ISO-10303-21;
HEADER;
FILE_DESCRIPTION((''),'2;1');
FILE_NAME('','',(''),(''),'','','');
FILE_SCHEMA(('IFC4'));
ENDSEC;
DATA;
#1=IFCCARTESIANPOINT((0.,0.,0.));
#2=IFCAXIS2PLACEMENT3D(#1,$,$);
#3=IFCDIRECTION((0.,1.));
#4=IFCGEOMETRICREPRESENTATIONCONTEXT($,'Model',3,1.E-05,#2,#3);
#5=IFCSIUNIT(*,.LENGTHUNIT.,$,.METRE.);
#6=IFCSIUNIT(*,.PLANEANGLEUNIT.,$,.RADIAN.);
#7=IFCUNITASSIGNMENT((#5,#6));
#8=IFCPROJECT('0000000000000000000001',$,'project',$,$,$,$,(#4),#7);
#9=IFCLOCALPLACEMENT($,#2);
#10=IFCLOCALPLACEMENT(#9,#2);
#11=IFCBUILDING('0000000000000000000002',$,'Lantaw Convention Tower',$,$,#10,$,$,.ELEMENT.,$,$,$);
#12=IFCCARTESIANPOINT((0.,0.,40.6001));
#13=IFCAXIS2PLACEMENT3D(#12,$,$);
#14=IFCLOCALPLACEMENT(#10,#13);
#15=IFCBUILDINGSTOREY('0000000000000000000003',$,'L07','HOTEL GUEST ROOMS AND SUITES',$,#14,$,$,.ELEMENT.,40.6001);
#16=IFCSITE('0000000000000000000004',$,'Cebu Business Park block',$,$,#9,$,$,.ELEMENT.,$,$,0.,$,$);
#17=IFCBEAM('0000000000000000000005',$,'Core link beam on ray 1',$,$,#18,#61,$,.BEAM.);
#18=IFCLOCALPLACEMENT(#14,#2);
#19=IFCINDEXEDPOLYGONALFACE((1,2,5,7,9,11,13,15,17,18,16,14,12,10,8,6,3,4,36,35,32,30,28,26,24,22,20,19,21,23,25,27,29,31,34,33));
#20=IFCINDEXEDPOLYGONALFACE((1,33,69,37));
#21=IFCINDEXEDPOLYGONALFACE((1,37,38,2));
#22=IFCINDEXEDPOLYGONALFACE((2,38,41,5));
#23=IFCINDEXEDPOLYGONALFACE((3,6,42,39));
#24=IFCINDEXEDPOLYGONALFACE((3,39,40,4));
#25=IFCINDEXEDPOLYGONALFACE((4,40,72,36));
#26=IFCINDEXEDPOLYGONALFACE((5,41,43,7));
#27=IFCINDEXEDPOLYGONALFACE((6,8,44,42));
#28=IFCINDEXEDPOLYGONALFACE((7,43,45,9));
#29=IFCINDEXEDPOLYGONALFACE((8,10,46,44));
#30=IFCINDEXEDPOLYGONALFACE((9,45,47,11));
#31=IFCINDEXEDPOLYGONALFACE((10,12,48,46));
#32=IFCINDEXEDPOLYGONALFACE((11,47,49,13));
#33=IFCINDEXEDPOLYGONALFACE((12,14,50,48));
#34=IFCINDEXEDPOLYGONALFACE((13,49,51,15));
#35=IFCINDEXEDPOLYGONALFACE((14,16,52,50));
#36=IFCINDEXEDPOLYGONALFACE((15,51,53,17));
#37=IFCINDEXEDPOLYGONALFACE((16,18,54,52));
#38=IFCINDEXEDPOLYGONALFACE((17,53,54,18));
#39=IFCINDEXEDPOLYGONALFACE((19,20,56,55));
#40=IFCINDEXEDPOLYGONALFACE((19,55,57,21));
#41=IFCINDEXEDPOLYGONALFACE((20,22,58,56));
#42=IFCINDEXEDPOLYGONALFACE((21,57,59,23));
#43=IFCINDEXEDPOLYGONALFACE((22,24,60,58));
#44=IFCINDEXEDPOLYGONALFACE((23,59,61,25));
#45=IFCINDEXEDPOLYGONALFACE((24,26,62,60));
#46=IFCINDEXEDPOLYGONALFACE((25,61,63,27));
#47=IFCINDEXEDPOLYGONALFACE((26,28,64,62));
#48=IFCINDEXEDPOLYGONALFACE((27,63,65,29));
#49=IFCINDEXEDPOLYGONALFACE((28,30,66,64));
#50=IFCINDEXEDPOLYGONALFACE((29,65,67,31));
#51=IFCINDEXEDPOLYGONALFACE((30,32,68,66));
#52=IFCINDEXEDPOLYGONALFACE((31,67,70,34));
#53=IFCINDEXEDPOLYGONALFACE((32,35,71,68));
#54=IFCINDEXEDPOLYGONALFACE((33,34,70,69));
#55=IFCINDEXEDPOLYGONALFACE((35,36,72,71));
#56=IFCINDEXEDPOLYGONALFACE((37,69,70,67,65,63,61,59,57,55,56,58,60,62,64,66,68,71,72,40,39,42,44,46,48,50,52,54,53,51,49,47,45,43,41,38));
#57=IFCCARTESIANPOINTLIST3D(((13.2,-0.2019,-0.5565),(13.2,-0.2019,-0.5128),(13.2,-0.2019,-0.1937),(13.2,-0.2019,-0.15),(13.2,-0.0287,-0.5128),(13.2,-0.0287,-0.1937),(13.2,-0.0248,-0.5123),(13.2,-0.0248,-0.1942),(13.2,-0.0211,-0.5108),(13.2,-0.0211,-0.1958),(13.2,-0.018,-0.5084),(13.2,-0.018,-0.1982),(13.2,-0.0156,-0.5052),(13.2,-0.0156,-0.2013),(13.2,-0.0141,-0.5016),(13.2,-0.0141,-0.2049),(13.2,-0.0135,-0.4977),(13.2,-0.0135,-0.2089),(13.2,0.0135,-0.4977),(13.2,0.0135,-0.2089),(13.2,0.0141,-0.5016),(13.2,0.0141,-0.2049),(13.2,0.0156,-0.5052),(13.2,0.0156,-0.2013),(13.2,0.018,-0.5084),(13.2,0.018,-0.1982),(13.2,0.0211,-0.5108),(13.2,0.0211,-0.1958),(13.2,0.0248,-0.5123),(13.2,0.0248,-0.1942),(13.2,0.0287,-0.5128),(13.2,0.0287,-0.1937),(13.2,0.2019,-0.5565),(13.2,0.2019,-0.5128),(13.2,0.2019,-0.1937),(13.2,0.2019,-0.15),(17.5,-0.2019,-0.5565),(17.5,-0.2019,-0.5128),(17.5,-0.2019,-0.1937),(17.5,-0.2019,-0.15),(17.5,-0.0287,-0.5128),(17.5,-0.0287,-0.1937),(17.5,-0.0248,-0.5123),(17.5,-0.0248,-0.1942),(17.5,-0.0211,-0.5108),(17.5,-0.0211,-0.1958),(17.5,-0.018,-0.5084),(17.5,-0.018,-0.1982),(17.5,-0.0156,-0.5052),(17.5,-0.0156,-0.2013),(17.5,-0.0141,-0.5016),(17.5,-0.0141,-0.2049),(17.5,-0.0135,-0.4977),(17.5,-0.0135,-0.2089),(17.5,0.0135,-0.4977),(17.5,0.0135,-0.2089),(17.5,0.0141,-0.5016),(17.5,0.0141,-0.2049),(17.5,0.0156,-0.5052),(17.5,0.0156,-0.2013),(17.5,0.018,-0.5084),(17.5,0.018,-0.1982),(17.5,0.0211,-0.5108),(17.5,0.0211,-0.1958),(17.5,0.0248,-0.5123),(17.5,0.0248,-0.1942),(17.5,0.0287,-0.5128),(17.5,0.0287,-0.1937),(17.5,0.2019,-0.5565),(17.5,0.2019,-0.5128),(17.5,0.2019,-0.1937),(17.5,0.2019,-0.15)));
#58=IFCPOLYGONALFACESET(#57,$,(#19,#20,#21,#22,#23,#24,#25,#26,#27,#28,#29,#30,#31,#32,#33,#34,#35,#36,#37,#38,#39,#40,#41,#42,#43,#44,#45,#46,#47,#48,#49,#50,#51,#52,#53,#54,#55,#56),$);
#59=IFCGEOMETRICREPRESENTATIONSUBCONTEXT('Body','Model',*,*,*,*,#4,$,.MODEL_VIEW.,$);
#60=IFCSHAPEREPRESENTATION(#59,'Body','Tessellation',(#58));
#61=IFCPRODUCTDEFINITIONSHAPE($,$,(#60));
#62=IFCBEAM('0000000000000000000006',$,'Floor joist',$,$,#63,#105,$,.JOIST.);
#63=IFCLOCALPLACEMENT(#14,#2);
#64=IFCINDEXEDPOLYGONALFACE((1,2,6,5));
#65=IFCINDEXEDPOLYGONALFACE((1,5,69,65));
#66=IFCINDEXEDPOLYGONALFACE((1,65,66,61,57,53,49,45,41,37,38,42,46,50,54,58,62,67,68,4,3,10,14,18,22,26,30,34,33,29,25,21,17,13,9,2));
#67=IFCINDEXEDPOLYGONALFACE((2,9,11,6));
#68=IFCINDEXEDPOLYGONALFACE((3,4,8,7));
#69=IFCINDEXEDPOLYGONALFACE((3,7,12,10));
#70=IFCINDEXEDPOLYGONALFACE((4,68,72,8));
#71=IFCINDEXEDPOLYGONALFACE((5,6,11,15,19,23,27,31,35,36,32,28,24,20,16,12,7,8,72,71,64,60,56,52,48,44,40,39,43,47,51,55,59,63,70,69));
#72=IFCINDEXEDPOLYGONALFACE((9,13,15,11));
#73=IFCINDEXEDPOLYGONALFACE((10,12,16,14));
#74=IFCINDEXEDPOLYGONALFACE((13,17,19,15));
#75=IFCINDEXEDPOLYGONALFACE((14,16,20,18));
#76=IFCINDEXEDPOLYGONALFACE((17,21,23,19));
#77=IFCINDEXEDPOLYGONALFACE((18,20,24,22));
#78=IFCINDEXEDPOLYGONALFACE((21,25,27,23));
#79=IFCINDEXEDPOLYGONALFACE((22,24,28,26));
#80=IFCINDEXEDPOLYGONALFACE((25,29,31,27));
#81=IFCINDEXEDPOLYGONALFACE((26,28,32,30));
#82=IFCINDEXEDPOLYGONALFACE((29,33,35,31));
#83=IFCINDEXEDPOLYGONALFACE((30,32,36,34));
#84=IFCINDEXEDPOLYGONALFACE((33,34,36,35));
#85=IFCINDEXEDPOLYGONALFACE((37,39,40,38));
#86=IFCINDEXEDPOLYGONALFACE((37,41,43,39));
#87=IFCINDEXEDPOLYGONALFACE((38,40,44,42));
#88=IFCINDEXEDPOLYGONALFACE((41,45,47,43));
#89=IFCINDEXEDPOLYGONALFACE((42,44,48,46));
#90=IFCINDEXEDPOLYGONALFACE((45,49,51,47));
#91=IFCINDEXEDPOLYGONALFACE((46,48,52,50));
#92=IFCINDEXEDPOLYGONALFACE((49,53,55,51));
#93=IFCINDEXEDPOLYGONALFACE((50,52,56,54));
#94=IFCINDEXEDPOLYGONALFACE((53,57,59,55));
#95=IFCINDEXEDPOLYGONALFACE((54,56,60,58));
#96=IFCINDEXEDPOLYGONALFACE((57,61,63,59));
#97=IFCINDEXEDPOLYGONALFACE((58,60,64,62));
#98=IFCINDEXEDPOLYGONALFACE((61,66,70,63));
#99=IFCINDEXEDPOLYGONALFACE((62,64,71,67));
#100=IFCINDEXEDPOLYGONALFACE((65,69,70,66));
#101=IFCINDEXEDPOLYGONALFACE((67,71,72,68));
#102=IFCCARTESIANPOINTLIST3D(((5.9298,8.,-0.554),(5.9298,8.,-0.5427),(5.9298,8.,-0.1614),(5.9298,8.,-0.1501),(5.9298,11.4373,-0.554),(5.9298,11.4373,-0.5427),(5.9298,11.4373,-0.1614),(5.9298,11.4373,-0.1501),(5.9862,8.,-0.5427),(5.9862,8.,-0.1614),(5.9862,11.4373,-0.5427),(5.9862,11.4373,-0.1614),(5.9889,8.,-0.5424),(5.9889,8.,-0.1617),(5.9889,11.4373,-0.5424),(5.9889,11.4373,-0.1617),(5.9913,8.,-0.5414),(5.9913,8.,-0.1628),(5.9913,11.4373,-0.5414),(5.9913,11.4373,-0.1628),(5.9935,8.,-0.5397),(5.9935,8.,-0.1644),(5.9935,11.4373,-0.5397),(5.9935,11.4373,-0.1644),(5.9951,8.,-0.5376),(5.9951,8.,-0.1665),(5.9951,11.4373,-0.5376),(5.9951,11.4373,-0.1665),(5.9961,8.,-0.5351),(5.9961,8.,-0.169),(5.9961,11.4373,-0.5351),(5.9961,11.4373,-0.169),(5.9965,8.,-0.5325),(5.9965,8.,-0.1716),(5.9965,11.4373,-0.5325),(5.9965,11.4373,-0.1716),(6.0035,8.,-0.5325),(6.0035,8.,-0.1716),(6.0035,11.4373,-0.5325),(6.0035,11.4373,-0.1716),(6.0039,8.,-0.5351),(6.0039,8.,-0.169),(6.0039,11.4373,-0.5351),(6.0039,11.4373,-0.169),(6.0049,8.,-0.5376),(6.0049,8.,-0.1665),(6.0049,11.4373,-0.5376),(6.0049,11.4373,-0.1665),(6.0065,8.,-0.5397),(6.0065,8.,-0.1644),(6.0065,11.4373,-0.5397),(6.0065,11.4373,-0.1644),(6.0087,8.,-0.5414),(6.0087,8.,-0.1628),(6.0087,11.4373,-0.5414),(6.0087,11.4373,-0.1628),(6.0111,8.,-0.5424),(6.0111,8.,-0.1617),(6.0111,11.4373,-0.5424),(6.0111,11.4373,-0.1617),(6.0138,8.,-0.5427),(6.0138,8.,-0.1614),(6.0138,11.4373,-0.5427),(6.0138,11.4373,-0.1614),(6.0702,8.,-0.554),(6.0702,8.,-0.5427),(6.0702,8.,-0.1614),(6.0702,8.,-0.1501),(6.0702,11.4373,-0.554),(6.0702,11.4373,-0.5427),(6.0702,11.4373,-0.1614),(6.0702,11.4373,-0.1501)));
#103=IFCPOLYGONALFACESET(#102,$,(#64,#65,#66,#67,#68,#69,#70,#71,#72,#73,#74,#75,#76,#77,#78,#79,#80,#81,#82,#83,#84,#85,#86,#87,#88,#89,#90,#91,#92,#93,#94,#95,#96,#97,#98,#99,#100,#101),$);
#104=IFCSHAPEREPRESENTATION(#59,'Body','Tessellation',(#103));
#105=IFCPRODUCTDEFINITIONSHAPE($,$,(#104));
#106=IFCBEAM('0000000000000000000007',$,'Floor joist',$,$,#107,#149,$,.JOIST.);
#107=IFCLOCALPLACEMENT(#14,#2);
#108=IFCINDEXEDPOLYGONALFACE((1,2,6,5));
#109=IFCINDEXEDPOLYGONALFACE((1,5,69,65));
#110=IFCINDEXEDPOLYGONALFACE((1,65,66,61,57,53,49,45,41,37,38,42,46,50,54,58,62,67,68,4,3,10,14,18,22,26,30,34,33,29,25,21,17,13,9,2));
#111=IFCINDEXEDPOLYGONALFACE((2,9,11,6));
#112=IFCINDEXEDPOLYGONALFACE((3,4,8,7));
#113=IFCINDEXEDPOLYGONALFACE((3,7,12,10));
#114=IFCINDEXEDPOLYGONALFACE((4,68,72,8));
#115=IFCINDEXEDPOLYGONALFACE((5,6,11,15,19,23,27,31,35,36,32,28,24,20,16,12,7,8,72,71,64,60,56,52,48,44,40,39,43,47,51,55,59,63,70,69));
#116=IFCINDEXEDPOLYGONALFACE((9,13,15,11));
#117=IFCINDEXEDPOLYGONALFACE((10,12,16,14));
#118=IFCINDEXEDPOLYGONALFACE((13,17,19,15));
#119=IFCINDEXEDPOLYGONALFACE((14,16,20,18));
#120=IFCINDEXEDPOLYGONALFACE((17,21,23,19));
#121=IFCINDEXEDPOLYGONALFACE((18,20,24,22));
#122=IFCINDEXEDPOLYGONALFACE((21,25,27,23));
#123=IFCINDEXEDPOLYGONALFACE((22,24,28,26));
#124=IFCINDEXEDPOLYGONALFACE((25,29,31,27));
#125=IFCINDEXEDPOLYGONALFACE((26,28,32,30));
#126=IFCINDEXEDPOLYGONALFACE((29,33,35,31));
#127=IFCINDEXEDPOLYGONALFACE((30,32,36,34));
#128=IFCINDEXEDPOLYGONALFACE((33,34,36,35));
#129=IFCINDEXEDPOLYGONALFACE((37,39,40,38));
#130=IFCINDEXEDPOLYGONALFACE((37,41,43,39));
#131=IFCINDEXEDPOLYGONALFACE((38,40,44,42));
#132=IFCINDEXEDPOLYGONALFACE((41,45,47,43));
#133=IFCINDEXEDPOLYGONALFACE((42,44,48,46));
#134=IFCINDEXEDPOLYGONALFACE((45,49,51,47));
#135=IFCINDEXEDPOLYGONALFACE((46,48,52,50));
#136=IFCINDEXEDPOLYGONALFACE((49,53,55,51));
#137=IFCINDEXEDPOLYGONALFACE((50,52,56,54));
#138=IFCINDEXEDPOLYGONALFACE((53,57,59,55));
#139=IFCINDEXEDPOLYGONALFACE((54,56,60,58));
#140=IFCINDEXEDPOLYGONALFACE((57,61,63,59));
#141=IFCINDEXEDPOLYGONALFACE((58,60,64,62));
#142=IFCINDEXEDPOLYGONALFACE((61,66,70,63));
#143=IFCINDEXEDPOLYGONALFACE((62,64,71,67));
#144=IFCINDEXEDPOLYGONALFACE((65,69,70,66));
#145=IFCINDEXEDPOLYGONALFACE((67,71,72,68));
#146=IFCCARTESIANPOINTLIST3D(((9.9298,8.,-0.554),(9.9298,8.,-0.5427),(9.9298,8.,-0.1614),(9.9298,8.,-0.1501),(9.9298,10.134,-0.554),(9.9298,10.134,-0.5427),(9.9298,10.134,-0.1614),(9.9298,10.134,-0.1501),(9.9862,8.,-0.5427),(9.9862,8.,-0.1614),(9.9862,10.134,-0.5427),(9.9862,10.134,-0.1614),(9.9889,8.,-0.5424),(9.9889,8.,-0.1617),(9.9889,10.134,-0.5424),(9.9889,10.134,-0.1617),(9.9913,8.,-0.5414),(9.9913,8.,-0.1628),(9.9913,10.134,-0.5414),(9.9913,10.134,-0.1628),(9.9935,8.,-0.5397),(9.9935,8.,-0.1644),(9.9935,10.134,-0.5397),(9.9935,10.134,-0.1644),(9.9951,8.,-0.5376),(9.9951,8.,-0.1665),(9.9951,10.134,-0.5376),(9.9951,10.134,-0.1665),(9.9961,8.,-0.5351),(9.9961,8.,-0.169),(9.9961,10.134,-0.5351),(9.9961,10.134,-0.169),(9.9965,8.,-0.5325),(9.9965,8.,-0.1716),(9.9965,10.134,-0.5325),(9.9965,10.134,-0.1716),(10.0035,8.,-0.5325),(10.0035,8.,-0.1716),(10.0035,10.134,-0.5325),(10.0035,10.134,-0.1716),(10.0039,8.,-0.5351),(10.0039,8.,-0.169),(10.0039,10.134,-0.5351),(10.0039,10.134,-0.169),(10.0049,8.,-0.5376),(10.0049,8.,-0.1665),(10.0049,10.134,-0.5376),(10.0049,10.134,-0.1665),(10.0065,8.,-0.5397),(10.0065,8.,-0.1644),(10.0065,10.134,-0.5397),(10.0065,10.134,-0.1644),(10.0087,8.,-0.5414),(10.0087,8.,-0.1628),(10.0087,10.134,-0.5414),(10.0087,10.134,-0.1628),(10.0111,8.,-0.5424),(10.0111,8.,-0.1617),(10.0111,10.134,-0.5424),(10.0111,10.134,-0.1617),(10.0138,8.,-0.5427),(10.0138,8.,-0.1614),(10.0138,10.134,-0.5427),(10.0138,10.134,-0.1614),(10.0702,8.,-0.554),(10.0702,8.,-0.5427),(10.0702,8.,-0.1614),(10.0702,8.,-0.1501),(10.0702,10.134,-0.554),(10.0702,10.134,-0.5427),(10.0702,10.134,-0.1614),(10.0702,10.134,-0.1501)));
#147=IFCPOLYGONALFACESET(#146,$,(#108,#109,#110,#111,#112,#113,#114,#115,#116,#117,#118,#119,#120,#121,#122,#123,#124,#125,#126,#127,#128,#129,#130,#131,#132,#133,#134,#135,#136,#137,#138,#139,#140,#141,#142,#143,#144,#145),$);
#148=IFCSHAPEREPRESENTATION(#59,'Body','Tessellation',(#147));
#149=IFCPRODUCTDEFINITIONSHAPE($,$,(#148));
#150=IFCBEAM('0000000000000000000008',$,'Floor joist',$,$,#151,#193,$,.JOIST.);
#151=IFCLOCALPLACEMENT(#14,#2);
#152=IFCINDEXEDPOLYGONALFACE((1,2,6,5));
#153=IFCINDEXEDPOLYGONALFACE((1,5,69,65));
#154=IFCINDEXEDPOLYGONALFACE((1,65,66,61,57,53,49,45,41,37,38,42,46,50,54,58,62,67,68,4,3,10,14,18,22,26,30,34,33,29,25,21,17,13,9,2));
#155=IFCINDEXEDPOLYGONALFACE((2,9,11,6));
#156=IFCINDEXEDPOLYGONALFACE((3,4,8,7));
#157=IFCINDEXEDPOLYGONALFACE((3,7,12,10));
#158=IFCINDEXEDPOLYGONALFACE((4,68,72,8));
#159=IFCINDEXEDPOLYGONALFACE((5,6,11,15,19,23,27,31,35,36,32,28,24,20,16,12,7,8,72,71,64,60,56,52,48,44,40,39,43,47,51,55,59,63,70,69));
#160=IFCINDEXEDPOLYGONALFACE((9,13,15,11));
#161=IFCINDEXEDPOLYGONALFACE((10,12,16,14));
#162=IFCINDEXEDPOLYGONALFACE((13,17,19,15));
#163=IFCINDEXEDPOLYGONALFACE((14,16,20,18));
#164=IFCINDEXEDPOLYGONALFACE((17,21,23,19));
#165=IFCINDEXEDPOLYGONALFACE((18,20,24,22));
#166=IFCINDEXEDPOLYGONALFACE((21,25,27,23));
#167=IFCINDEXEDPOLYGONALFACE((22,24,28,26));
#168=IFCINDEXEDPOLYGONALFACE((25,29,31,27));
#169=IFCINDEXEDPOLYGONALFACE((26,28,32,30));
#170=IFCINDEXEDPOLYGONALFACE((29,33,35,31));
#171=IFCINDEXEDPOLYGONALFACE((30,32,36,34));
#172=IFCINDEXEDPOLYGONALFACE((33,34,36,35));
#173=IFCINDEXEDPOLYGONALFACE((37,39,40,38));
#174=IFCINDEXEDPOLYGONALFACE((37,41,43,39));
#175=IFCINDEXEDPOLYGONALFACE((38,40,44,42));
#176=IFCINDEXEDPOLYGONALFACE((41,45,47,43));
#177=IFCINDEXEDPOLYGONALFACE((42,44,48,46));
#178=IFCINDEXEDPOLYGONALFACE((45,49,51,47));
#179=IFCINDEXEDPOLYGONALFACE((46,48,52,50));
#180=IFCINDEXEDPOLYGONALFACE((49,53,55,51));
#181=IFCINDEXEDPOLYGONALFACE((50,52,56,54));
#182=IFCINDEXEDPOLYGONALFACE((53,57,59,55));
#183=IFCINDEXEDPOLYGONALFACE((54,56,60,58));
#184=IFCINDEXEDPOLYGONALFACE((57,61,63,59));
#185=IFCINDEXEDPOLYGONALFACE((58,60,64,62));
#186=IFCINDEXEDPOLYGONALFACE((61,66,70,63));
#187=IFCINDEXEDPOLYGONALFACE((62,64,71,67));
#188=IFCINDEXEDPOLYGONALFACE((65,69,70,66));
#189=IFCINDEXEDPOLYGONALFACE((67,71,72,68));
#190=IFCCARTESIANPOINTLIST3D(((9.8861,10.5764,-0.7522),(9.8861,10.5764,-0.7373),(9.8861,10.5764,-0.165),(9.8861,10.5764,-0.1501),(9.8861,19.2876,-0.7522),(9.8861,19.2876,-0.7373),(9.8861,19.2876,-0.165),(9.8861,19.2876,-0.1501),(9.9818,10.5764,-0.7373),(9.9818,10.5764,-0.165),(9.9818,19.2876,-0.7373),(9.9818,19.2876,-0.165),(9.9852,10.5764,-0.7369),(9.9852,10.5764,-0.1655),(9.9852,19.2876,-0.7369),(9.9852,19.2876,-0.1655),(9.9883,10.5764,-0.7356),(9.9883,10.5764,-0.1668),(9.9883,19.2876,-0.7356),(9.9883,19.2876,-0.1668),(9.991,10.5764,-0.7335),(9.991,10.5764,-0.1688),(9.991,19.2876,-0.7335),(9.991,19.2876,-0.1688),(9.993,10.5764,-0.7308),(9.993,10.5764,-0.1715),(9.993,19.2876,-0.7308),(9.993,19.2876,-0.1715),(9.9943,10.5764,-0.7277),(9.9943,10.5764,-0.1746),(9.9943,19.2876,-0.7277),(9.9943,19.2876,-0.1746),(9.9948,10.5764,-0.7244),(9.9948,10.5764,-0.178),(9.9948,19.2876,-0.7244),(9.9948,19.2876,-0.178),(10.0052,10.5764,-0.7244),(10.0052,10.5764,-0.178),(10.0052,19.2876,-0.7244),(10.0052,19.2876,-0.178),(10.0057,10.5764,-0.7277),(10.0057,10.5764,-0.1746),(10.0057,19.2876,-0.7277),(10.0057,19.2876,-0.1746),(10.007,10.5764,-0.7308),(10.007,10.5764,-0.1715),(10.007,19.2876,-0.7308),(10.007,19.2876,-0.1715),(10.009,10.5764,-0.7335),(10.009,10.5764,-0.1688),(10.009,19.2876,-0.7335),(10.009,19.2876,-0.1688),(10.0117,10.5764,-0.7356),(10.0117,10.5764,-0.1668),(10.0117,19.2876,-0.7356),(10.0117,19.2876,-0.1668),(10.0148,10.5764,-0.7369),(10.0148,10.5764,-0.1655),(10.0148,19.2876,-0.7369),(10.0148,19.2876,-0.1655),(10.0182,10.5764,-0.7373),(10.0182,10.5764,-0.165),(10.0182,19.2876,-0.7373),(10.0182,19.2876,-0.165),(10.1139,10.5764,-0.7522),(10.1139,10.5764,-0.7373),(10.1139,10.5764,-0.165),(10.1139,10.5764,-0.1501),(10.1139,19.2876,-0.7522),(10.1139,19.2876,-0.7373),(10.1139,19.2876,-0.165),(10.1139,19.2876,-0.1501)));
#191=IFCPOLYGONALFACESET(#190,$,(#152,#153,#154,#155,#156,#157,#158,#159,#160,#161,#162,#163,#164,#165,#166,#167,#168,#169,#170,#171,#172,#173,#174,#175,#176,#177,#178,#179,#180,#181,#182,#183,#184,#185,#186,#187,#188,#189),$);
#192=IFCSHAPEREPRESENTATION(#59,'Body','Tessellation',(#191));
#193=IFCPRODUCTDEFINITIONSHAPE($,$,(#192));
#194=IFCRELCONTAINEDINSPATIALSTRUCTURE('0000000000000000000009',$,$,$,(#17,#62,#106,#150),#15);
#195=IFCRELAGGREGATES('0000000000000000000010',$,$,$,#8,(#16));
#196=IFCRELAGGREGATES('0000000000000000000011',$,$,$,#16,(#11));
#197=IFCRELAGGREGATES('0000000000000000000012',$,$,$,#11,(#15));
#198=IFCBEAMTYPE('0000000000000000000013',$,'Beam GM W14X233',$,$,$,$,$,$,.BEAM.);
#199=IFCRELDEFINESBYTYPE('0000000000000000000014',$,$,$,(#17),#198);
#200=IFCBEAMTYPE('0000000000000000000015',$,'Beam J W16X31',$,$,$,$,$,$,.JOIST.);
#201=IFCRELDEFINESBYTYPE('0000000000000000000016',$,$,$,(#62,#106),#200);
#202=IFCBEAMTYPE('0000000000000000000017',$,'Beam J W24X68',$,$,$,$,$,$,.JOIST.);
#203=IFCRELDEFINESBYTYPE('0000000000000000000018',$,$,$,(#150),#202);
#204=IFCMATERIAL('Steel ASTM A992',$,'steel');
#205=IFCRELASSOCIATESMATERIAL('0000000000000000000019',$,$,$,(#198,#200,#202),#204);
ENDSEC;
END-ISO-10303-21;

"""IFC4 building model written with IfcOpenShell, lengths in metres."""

from ifc_helpers import new_model, si_unit, direction, frame, origin, origin_2d, place, context, subcontext, project, spatial, i_section, extrude, material, material_profile, profile_set, type_object, element, save


model = new_model("IFC4")

# Units and contexts
model_context = context("Model", 3, precision=1e-05, world=origin(), true_north=direction((0.0, 1.0)))
body_context = subcontext(model_context, "Body", "Model", "MODEL_VIEW")
ifc_project = project(units=[si_unit("LENGTHUNIT", "METRE"), si_unit("PLANEANGLEUNIT", "RADIAN")], contexts=[model_context])

# Site, building, storey
site_placement = place(None, origin())
site = spatial("IfcSite", under=ifc_project, at=site_placement, Name="Cebu Business Park block", CompositionType="ELEMENT", RefElevation=0.0)
building_placement = place(site_placement, origin())
building = spatial("IfcBuilding", under=site, at=building_placement, Name="Lantaw Convention Tower", CompositionType="ELEMENT")
storey_placement = place(building_placement, frame((0.0, 0.0, 40.6001)))
storey = spatial("IfcBuildingStorey", under=building, at=storey_placement, Name="L07", Description="HOTEL GUEST ROOMS AND SUITES", CompositionType="ELEMENT", Elevation=40.6001)

# Beams
ifc_material_1 = material(Name="Steel ASTM A992", Category="steel")
ifc_material_profile_1 = material_profile(ifc_material_1, i_section(OverallWidth=0.4038, OverallDepth=0.4065, WebThickness=0.0271, FlangeThickness=0.0437, FilletRadius=0.0151, at=origin_2d()), Name="W14X233")
ifc_profile_set_1 = profile_set([ifc_material_profile_1], Name="Steel ASTM A992")
beam_type_1 = type_object("IfcBeamType", Name="Beam GM W14X233", PredefinedType="BEAM", material=ifc_profile_set_1)
beam_1_placement = place(storey_placement, frame((13.2, 0.0, -0.3533), z_axis=(1.0, 0.0, 0.0), x_axis=(0.0, 1.0, 0.0)))
element("IfcBeam", 1, at=beam_1_placement, inside=storey, type_object=beam_type_1, Name="Core link beam on ray 1", PredefinedType="BEAM", context=body_context, shape_type="SweptSolid", body=[
    extrude(i_section(OverallWidth=0.4038, OverallDepth=0.4065, WebThickness=0.0271, FlangeThickness=0.0437, FilletRadius=0.0151, at=origin_2d()), origin(), (0.0, 0.0, 1.0), 4.3),
])
ifc_material_profile_2 = material_profile(ifc_material_1, i_section(OverallWidth=0.1404, OverallDepth=0.4038, WebThickness=0.0071, FlangeThickness=0.0112, FilletRadius=0.0103, at=origin_2d()), Name="W16X31")
ifc_profile_set_2 = profile_set([ifc_material_profile_2], Name="Steel ASTM A992")
beam_type_2 = type_object("IfcBeamType", Name="Beam J W16X31", PredefinedType="JOIST", material=ifc_profile_set_2)
beam_2_placement = place(storey_placement, frame((6.0, 8.0, -0.3521), z_axis=(0.0, 1.0, 0.0), x_axis=(-1.0, 0.0, 0.0)))
element("IfcBeam", 2, at=beam_2_placement, inside=storey, type_object=beam_type_2, Name="Floor joist", PredefinedType="JOIST", context=body_context, shape_type="SweptSolid", body=[
    extrude(i_section(OverallWidth=0.1404, OverallDepth=0.4038, WebThickness=0.0071, FlangeThickness=0.0112, FilletRadius=0.0103, at=origin_2d()), origin(), (0.0, 0.0, 1.0), 3.4373),
])
beam_3_placement = place(storey_placement, frame((10.0, 8.0, -0.3521), z_axis=(0.0, 1.0, 0.0), x_axis=(-1.0, 0.0, 0.0)))
element("IfcBeam", 3, at=beam_3_placement, inside=storey, type_object=beam_type_2, Name="Floor joist", PredefinedType="JOIST", context=body_context, shape_type="SweptSolid", body=[
    extrude(i_section(OverallWidth=0.1404, OverallDepth=0.4038, WebThickness=0.0071, FlangeThickness=0.0112, FilletRadius=0.0103, at=origin_2d()), origin(), (0.0, 0.0, 1.0), 2.134),
])
ifc_material_profile_3 = material_profile(ifc_material_1, i_section(OverallWidth=0.2278, OverallDepth=0.6021, WebThickness=0.0105, FlangeThickness=0.0149, FilletRadius=0.0129, at=origin_2d()), Name="W24X68")
ifc_profile_set_3 = profile_set([ifc_material_profile_3], Name="Steel ASTM A992")
beam_type_3 = type_object("IfcBeamType", Name="Beam J W24X68", PredefinedType="JOIST", material=ifc_profile_set_3)
beam_4_placement = place(storey_placement, frame((10.0, 10.5764, -0.4512), z_axis=(0.0, 1.0, 0.0), x_axis=(-1.0, 0.0, 0.0)))
element("IfcBeam", 4, at=beam_4_placement, inside=storey, type_object=beam_type_3, Name="Floor joist", PredefinedType="JOIST", context=body_context, shape_type="SweptSolid", body=[
    extrude(i_section(OverallWidth=0.2278, OverallDepth=0.6021, WebThickness=0.0105, FlangeThickness=0.0149, FilletRadius=0.0129, at=origin_2d()), origin(), (0.0, 0.0, 1.0), 8.7112),
])

save(model, "model.ifc")
